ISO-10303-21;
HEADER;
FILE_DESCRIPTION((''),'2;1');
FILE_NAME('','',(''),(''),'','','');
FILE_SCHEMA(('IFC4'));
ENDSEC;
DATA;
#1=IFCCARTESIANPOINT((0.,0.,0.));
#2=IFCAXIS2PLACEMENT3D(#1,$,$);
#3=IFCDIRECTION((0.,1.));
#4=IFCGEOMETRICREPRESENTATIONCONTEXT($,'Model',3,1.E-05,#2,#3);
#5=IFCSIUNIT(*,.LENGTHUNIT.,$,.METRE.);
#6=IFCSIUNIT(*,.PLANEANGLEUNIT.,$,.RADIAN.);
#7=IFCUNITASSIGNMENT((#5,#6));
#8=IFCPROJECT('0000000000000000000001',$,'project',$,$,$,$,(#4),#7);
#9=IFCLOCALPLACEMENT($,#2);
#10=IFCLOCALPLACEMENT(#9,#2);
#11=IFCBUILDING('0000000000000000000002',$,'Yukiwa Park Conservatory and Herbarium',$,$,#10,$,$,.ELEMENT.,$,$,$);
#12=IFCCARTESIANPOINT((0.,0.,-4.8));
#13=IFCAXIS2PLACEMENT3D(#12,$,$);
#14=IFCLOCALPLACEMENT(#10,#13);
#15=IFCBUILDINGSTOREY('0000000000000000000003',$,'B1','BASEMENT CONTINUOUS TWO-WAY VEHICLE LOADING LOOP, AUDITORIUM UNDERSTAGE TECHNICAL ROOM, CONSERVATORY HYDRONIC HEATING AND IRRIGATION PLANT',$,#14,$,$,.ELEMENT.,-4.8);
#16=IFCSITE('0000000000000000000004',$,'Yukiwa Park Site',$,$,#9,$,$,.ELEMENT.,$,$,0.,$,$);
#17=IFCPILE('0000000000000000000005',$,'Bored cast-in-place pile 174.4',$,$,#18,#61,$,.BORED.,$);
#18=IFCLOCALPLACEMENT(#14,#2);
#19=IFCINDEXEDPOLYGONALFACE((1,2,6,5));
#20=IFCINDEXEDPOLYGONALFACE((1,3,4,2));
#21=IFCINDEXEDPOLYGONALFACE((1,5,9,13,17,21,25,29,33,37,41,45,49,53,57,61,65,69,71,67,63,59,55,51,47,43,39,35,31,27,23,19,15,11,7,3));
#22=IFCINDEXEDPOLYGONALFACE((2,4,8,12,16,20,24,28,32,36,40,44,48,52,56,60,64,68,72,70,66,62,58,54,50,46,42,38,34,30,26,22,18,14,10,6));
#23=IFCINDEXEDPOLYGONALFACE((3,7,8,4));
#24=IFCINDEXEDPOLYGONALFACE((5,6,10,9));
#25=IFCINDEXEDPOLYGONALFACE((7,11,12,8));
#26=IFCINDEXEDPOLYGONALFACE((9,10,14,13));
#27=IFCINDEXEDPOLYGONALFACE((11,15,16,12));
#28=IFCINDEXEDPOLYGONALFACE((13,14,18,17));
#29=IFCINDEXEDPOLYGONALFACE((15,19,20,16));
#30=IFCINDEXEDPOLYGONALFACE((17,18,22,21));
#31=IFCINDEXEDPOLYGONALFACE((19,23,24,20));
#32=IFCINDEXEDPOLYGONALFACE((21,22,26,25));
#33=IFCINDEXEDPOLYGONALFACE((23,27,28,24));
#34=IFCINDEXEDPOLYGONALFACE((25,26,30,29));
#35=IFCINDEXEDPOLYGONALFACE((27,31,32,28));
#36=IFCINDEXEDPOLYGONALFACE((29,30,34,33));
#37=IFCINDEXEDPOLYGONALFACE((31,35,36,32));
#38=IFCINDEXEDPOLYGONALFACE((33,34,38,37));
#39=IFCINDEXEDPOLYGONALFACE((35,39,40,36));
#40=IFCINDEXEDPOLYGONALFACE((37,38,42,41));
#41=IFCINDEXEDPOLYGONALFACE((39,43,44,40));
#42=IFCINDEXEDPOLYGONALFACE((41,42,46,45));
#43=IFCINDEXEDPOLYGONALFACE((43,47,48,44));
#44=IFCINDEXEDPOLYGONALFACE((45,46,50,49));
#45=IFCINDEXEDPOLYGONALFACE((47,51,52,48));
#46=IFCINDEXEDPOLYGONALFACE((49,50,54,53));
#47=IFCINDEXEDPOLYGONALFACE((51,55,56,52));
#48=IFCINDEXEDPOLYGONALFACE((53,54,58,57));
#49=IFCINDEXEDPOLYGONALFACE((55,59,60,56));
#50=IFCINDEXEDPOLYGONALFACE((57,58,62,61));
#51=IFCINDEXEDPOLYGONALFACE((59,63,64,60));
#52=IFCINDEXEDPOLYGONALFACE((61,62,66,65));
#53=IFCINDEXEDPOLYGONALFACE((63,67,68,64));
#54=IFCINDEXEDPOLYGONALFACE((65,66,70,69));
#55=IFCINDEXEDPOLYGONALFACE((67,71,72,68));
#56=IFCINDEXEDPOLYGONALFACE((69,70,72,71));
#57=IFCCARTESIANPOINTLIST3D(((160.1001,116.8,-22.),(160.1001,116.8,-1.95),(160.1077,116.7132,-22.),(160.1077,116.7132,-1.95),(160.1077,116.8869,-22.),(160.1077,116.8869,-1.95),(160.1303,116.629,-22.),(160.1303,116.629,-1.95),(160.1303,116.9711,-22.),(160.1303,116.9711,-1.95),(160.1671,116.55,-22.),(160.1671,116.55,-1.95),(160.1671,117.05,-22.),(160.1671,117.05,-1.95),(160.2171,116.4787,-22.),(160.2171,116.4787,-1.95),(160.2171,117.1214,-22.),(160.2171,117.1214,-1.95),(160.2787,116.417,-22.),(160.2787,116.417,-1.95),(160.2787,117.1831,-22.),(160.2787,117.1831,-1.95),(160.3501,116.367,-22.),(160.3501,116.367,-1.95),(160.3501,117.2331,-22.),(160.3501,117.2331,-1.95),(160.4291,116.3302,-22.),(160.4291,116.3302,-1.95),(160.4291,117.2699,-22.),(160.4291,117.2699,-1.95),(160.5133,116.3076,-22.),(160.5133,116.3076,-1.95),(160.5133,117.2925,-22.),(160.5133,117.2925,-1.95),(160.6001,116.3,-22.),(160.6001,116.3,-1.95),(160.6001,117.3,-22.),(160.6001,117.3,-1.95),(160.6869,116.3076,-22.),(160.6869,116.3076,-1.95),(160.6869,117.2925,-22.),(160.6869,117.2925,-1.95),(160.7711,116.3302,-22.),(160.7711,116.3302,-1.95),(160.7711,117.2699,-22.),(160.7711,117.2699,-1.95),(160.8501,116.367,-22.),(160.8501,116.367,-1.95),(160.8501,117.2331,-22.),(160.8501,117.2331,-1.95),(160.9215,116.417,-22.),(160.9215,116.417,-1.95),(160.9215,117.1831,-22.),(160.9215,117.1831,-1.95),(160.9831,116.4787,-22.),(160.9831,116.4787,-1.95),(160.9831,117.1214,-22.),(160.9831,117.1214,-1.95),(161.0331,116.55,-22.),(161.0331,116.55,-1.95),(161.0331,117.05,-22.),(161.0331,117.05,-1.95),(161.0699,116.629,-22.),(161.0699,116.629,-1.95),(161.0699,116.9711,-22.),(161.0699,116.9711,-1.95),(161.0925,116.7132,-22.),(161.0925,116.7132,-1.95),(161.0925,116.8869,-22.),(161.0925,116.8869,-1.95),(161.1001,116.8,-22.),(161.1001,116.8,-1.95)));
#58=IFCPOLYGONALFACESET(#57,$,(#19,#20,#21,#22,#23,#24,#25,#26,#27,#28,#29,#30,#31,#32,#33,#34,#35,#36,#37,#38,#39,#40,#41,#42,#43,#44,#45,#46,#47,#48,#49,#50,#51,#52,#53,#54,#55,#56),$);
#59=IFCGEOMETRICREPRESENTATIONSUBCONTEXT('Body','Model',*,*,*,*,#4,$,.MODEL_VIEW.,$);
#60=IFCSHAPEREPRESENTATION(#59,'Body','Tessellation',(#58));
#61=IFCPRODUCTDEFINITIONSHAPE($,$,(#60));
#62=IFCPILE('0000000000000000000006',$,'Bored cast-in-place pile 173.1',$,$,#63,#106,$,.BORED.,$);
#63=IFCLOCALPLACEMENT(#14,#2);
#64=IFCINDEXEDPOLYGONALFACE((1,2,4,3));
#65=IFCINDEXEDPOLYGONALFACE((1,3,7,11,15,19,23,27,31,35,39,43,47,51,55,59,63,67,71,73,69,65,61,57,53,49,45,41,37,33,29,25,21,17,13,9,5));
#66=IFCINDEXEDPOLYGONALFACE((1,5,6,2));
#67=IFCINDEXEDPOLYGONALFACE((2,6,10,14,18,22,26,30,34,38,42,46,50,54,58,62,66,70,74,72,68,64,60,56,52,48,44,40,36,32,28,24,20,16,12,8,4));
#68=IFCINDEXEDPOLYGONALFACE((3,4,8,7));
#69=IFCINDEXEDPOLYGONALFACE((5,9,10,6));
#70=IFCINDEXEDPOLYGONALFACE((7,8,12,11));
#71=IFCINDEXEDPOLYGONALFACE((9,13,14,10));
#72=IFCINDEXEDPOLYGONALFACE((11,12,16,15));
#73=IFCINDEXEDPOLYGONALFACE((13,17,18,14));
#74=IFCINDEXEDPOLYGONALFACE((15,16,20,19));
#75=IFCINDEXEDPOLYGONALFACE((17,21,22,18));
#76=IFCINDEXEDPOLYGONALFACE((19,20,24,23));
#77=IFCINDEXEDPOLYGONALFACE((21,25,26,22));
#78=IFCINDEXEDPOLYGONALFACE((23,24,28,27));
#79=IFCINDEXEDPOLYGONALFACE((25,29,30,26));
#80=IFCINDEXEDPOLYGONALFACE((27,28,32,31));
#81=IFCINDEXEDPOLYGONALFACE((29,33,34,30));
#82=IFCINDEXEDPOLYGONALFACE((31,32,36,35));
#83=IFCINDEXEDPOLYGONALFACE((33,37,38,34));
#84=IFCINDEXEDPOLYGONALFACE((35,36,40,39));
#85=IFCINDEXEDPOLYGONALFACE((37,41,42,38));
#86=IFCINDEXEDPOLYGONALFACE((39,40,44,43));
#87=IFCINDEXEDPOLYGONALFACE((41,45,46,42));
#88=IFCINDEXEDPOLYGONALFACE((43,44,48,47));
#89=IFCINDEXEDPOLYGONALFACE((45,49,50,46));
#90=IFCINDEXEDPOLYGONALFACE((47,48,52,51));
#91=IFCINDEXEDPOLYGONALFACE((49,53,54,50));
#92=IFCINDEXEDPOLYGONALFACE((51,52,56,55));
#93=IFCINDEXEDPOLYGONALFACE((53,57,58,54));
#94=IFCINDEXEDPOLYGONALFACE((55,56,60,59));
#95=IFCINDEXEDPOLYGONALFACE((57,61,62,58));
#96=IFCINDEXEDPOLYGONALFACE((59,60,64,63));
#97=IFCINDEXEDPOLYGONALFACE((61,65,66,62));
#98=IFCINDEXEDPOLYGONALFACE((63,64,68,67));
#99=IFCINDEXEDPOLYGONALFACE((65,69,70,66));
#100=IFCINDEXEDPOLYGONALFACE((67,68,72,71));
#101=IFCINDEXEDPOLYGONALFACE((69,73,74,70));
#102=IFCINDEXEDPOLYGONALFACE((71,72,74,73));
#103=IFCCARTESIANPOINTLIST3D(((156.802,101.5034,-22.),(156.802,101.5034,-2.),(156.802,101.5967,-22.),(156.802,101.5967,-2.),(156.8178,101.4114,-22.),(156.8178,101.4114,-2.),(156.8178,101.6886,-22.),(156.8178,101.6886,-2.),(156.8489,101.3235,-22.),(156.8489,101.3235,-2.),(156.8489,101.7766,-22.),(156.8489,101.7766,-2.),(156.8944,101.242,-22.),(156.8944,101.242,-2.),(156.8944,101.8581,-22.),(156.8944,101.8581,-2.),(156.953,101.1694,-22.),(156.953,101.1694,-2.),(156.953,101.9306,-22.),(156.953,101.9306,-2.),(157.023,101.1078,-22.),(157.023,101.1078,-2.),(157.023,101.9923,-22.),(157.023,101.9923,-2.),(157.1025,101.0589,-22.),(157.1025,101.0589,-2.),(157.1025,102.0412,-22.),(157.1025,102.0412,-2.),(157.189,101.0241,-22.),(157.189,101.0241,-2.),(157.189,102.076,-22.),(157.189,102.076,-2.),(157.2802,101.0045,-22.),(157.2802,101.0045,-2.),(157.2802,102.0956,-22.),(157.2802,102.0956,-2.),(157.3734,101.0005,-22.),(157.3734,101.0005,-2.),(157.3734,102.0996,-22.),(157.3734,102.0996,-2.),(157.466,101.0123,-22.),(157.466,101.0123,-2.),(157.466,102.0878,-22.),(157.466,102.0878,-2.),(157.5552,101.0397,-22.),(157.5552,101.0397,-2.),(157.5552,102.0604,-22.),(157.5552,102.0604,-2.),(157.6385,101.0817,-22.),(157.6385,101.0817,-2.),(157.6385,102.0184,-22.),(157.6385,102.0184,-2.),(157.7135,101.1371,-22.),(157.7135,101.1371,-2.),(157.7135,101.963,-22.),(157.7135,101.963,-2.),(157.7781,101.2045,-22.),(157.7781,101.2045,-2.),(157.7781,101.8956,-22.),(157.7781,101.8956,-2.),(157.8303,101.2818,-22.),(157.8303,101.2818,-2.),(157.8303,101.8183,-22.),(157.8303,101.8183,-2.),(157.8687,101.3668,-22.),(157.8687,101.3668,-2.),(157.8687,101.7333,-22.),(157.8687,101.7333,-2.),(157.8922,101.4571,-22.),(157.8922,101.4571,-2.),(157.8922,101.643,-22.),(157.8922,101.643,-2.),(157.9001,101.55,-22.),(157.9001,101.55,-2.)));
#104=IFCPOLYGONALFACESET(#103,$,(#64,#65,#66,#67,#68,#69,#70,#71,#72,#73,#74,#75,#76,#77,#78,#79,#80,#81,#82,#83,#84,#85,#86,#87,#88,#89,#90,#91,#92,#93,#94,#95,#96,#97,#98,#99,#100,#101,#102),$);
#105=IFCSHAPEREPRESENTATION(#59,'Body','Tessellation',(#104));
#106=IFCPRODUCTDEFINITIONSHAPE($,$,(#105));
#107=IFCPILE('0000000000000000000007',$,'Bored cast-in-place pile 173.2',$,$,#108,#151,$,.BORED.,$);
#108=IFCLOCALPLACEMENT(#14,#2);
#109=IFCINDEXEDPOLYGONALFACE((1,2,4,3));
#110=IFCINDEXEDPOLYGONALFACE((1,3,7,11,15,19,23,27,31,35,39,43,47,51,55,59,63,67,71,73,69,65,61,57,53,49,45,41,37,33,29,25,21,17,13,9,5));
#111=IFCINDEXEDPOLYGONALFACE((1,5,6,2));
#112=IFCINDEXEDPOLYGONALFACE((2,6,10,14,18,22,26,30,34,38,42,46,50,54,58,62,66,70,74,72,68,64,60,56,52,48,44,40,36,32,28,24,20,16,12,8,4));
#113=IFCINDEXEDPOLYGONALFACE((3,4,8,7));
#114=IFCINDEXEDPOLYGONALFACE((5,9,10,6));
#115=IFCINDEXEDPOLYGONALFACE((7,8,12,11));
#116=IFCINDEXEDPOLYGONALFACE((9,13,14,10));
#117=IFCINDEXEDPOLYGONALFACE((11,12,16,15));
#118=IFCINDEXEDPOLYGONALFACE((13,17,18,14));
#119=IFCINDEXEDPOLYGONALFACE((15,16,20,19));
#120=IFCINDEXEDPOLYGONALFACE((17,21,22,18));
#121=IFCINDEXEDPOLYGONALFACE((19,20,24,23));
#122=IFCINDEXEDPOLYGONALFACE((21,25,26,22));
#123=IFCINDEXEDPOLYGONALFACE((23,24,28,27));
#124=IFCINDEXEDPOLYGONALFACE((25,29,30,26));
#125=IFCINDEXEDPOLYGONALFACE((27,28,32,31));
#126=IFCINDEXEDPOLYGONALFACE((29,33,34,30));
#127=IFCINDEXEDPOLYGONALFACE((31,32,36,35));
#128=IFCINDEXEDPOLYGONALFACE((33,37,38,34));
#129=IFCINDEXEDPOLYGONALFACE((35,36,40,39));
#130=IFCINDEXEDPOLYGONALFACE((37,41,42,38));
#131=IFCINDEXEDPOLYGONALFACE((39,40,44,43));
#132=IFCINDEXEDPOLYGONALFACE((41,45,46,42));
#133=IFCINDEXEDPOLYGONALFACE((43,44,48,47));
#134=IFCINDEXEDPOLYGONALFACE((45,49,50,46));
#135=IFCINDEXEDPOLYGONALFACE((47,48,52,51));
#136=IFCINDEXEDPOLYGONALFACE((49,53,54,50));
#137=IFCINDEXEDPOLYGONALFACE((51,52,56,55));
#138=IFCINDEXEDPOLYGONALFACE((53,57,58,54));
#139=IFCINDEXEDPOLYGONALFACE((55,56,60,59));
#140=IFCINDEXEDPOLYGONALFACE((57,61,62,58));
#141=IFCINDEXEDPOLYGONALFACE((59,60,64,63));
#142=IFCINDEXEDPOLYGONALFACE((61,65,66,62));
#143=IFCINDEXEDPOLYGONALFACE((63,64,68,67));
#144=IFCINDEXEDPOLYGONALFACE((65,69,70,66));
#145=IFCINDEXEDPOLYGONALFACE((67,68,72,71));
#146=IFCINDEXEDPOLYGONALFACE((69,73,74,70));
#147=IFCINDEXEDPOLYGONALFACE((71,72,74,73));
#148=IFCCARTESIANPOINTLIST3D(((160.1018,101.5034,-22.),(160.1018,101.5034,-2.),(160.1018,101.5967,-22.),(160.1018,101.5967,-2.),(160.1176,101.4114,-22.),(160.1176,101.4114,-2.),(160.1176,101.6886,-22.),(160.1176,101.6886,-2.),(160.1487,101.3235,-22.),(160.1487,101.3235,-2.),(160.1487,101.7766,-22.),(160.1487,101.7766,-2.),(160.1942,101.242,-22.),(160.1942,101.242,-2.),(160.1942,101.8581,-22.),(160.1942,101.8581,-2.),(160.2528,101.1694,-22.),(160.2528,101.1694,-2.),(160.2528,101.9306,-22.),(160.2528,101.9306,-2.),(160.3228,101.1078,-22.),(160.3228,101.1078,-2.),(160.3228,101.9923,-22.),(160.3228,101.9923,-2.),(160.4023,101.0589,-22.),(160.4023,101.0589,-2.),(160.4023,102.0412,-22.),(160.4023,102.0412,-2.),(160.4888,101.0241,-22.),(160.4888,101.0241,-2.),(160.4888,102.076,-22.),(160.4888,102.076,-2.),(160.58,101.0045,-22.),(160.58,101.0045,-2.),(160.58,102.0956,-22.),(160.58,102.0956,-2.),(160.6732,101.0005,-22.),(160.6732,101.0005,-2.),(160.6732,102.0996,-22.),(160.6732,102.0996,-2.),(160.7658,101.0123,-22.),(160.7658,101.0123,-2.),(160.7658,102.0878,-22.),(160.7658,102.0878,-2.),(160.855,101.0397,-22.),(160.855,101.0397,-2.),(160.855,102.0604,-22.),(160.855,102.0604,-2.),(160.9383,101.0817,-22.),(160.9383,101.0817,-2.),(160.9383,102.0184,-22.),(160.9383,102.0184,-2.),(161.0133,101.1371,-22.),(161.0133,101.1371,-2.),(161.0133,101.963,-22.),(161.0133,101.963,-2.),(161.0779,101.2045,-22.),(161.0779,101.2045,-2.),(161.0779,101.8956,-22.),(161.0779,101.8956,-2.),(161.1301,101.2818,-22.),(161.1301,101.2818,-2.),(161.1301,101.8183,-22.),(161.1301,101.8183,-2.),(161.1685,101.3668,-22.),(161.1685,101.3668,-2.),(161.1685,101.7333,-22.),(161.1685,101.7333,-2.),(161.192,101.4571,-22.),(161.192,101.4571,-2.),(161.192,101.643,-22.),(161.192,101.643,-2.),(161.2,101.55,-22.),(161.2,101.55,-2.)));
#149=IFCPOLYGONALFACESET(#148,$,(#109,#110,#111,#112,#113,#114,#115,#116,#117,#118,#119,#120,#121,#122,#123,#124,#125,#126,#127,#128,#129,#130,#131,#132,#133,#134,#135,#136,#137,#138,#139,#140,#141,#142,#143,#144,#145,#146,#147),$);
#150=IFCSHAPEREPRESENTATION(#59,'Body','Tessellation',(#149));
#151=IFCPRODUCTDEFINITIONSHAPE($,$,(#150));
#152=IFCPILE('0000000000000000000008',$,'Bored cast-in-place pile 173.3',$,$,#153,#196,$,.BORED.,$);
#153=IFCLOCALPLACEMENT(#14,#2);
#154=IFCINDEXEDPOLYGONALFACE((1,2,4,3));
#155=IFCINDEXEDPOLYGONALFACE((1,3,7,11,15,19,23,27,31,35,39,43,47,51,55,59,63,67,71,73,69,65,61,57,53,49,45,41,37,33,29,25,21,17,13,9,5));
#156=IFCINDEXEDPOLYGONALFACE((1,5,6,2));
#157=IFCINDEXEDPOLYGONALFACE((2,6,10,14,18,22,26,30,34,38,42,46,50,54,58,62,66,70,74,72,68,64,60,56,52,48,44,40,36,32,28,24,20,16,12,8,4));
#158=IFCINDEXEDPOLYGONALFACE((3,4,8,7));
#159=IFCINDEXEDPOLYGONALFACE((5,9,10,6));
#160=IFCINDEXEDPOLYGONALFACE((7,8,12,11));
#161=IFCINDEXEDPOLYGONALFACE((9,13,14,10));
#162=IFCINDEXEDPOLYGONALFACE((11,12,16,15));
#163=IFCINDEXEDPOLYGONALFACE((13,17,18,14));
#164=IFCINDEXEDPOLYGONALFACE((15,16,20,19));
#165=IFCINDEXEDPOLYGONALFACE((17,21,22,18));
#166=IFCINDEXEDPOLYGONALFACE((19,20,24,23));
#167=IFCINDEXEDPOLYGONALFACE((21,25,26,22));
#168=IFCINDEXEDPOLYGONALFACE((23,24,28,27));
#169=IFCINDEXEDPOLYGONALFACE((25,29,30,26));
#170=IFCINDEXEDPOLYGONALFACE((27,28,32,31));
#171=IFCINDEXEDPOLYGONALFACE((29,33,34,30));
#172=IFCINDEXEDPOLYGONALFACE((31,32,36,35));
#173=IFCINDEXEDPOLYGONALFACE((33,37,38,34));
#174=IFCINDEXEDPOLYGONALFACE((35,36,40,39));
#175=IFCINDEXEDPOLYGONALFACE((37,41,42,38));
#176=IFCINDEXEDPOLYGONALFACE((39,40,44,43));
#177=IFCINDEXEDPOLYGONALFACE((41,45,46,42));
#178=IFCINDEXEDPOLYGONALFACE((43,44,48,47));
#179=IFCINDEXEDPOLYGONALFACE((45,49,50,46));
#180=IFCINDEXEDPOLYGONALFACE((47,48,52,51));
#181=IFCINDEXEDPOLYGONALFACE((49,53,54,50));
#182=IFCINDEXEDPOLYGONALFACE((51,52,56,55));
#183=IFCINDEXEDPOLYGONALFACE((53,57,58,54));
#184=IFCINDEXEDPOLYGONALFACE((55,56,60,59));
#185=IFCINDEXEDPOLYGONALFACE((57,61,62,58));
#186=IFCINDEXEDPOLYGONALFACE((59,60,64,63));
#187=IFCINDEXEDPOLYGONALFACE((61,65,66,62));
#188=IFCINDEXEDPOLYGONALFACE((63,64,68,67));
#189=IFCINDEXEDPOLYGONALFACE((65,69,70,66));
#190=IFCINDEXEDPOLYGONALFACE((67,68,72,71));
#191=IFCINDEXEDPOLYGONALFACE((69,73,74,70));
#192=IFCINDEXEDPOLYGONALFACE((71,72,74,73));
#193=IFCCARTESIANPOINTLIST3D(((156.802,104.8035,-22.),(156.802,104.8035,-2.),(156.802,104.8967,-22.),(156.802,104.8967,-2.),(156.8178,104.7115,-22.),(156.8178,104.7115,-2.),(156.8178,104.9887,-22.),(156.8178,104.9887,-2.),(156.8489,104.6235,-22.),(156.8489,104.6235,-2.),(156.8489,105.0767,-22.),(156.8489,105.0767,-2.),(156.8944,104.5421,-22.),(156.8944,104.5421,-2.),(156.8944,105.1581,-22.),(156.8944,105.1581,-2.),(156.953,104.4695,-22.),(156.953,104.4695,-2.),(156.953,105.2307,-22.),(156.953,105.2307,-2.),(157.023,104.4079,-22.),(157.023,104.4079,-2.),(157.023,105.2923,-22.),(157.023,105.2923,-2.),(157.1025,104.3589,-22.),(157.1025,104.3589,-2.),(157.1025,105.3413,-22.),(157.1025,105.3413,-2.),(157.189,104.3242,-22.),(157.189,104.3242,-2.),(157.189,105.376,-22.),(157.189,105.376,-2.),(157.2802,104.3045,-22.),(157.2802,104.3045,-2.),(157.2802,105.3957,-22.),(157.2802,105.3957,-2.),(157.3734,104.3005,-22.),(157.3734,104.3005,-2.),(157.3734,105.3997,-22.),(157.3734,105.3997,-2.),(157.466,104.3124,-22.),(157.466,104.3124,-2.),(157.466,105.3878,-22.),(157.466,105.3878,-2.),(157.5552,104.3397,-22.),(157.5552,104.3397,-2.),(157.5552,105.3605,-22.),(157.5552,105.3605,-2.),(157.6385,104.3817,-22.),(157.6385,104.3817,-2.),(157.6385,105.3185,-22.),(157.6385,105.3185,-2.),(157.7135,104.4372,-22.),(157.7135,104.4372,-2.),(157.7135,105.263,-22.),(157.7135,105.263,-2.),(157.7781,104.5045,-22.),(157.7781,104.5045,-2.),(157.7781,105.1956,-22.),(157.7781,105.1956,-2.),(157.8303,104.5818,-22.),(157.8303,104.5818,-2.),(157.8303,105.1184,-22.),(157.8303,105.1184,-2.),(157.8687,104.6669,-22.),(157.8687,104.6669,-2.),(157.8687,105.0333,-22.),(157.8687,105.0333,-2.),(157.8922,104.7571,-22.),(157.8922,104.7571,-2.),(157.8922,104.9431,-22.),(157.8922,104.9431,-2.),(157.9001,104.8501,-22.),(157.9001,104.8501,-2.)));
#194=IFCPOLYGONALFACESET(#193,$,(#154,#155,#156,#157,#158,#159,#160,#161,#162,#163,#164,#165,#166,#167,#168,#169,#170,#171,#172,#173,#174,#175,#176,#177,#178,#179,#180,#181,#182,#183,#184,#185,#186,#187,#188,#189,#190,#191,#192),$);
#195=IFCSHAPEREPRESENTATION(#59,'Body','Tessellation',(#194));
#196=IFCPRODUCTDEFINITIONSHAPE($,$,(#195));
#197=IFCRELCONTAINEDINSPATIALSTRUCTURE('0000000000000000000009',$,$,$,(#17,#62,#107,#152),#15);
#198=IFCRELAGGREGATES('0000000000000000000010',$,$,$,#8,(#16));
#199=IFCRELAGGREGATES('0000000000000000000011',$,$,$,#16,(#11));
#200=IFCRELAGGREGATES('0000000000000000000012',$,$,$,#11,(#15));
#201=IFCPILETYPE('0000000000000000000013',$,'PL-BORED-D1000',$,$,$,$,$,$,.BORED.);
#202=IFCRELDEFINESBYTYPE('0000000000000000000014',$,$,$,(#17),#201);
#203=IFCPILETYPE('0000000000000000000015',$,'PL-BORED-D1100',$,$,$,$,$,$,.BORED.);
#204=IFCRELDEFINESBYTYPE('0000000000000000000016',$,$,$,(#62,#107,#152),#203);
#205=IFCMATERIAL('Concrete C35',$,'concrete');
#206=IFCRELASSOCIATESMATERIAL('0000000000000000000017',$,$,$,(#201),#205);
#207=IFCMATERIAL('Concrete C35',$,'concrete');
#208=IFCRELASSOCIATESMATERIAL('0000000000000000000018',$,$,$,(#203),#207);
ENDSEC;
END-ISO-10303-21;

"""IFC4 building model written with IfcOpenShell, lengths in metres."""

from ifc_helpers import new_model, si_unit, direction, frame, origin, origin_2d, place, context, subcontext, project, spatial, circle, extrude, material, material_profile, profile_set, type_object, element, save


model = new_model("IFC4")

# Units and contexts
model_context = context("Model", 3, precision=1e-05, world=origin(), true_north=direction((0.0, 1.0)))
body_context = subcontext(model_context, "Body", "Model", "MODEL_VIEW")
ifc_project = project(units=[si_unit("LENGTHUNIT", "METRE"), si_unit("PLANEANGLEUNIT", "RADIAN")], contexts=[model_context])

# Site, building, storey
site_placement = place(None, origin())
site = spatial("IfcSite", under=ifc_project, at=site_placement, Name="Yukiwa Park Site", CompositionType="ELEMENT", RefElevation=0.0)
building_placement = place(site_placement, origin())
building = spatial("IfcBuilding", under=site, at=building_placement, Name="Yukiwa Park Conservatory and Herbarium", CompositionType="ELEMENT")
storey_placement = place(building_placement, frame((0.0, 0.0, -4.8)))
storey = spatial("IfcBuildingStorey", under=building, at=storey_placement, Name="B1", Description="BASEMENT CONTINUOUS TWO-WAY VEHICLE LOADING LOOP, AUDITORIUM UNDERSTAGE TECHNICAL ROOM, CONSERVATORY HYDRONIC HEATING AND IRRIGATION PLANT", CompositionType="ELEMENT", Elevation=-4.8)

# Piles
ifc_material_1 = material(Name="Concrete C35", Category="concrete")
ifc_material_profile_1 = material_profile(ifc_material_1, circle(Radius=0.5, at=origin_2d()), Name="PILE D1000")
ifc_profile_set_1 = profile_set([ifc_material_profile_1], Name="Concrete C35")
pile_type_1 = type_object("IfcPileType", Name="PL-BORED-D1000", PredefinedType="BORED", material=ifc_profile_set_1)
for number, where, z_axis, x_axis, name in (
    (1, (160.6001, 116.8, -1.95), (0.0, 0.0, -1.0), (1.0, 0.0, 0.0), "Bored cast-in-place pile 174.4"),
):
    element("IfcPile", number, at=place(storey_placement, frame(where, z_axis=z_axis, x_axis=x_axis)), inside=storey, type_object=pile_type_1, Name=name, PredefinedType="BORED", context=body_context, shape_type="SweptSolid", body=[
        extrude(circle(Radius=0.5, at=origin_2d()), origin(), (0.0, 0.0, 1.0), 20.05),
    ])
ifc_material_2 = material(Name="Concrete C35", Category="concrete")
ifc_material_profile_2 = material_profile(ifc_material_2, circle(Radius=0.55, at=origin_2d()), Name="PILE D1100")
ifc_profile_set_2 = profile_set([ifc_material_profile_2], Name="Concrete C35")
pile_type_2 = type_object("IfcPileType", Name="PL-BORED-D1100", PredefinedType="BORED", material=ifc_profile_set_2)
for number, where, z_axis, x_axis, name in (
    (2, (157.3501, 101.55, -2.0), (0.0, 0.0, -1.0), (1.0, 0.0, 0.0), "Bored cast-in-place pile 173.1"),
    (3, (160.6499, 101.55, -2.0), (0.0, 0.0, -1.0), (1.0, 0.0, 0.0), "Bored cast-in-place pile 173.2"),
    (4, (157.3501, 104.8501, -2.0), (0.0, 0.0, -1.0), (1.0, 0.0, 0.0), "Bored cast-in-place pile 173.3"),
):
    element("IfcPile", number, at=place(storey_placement, frame(where, z_axis=z_axis, x_axis=x_axis)), inside=storey, type_object=pile_type_2, Name=name, PredefinedType="BORED", context=body_context, shape_type="SweptSolid", body=[
        extrude(circle(Radius=0.55, at=origin_2d()), origin(), (0.0, 0.0, 1.0), 20.0),
    ])

save(model, "model.ifc")
